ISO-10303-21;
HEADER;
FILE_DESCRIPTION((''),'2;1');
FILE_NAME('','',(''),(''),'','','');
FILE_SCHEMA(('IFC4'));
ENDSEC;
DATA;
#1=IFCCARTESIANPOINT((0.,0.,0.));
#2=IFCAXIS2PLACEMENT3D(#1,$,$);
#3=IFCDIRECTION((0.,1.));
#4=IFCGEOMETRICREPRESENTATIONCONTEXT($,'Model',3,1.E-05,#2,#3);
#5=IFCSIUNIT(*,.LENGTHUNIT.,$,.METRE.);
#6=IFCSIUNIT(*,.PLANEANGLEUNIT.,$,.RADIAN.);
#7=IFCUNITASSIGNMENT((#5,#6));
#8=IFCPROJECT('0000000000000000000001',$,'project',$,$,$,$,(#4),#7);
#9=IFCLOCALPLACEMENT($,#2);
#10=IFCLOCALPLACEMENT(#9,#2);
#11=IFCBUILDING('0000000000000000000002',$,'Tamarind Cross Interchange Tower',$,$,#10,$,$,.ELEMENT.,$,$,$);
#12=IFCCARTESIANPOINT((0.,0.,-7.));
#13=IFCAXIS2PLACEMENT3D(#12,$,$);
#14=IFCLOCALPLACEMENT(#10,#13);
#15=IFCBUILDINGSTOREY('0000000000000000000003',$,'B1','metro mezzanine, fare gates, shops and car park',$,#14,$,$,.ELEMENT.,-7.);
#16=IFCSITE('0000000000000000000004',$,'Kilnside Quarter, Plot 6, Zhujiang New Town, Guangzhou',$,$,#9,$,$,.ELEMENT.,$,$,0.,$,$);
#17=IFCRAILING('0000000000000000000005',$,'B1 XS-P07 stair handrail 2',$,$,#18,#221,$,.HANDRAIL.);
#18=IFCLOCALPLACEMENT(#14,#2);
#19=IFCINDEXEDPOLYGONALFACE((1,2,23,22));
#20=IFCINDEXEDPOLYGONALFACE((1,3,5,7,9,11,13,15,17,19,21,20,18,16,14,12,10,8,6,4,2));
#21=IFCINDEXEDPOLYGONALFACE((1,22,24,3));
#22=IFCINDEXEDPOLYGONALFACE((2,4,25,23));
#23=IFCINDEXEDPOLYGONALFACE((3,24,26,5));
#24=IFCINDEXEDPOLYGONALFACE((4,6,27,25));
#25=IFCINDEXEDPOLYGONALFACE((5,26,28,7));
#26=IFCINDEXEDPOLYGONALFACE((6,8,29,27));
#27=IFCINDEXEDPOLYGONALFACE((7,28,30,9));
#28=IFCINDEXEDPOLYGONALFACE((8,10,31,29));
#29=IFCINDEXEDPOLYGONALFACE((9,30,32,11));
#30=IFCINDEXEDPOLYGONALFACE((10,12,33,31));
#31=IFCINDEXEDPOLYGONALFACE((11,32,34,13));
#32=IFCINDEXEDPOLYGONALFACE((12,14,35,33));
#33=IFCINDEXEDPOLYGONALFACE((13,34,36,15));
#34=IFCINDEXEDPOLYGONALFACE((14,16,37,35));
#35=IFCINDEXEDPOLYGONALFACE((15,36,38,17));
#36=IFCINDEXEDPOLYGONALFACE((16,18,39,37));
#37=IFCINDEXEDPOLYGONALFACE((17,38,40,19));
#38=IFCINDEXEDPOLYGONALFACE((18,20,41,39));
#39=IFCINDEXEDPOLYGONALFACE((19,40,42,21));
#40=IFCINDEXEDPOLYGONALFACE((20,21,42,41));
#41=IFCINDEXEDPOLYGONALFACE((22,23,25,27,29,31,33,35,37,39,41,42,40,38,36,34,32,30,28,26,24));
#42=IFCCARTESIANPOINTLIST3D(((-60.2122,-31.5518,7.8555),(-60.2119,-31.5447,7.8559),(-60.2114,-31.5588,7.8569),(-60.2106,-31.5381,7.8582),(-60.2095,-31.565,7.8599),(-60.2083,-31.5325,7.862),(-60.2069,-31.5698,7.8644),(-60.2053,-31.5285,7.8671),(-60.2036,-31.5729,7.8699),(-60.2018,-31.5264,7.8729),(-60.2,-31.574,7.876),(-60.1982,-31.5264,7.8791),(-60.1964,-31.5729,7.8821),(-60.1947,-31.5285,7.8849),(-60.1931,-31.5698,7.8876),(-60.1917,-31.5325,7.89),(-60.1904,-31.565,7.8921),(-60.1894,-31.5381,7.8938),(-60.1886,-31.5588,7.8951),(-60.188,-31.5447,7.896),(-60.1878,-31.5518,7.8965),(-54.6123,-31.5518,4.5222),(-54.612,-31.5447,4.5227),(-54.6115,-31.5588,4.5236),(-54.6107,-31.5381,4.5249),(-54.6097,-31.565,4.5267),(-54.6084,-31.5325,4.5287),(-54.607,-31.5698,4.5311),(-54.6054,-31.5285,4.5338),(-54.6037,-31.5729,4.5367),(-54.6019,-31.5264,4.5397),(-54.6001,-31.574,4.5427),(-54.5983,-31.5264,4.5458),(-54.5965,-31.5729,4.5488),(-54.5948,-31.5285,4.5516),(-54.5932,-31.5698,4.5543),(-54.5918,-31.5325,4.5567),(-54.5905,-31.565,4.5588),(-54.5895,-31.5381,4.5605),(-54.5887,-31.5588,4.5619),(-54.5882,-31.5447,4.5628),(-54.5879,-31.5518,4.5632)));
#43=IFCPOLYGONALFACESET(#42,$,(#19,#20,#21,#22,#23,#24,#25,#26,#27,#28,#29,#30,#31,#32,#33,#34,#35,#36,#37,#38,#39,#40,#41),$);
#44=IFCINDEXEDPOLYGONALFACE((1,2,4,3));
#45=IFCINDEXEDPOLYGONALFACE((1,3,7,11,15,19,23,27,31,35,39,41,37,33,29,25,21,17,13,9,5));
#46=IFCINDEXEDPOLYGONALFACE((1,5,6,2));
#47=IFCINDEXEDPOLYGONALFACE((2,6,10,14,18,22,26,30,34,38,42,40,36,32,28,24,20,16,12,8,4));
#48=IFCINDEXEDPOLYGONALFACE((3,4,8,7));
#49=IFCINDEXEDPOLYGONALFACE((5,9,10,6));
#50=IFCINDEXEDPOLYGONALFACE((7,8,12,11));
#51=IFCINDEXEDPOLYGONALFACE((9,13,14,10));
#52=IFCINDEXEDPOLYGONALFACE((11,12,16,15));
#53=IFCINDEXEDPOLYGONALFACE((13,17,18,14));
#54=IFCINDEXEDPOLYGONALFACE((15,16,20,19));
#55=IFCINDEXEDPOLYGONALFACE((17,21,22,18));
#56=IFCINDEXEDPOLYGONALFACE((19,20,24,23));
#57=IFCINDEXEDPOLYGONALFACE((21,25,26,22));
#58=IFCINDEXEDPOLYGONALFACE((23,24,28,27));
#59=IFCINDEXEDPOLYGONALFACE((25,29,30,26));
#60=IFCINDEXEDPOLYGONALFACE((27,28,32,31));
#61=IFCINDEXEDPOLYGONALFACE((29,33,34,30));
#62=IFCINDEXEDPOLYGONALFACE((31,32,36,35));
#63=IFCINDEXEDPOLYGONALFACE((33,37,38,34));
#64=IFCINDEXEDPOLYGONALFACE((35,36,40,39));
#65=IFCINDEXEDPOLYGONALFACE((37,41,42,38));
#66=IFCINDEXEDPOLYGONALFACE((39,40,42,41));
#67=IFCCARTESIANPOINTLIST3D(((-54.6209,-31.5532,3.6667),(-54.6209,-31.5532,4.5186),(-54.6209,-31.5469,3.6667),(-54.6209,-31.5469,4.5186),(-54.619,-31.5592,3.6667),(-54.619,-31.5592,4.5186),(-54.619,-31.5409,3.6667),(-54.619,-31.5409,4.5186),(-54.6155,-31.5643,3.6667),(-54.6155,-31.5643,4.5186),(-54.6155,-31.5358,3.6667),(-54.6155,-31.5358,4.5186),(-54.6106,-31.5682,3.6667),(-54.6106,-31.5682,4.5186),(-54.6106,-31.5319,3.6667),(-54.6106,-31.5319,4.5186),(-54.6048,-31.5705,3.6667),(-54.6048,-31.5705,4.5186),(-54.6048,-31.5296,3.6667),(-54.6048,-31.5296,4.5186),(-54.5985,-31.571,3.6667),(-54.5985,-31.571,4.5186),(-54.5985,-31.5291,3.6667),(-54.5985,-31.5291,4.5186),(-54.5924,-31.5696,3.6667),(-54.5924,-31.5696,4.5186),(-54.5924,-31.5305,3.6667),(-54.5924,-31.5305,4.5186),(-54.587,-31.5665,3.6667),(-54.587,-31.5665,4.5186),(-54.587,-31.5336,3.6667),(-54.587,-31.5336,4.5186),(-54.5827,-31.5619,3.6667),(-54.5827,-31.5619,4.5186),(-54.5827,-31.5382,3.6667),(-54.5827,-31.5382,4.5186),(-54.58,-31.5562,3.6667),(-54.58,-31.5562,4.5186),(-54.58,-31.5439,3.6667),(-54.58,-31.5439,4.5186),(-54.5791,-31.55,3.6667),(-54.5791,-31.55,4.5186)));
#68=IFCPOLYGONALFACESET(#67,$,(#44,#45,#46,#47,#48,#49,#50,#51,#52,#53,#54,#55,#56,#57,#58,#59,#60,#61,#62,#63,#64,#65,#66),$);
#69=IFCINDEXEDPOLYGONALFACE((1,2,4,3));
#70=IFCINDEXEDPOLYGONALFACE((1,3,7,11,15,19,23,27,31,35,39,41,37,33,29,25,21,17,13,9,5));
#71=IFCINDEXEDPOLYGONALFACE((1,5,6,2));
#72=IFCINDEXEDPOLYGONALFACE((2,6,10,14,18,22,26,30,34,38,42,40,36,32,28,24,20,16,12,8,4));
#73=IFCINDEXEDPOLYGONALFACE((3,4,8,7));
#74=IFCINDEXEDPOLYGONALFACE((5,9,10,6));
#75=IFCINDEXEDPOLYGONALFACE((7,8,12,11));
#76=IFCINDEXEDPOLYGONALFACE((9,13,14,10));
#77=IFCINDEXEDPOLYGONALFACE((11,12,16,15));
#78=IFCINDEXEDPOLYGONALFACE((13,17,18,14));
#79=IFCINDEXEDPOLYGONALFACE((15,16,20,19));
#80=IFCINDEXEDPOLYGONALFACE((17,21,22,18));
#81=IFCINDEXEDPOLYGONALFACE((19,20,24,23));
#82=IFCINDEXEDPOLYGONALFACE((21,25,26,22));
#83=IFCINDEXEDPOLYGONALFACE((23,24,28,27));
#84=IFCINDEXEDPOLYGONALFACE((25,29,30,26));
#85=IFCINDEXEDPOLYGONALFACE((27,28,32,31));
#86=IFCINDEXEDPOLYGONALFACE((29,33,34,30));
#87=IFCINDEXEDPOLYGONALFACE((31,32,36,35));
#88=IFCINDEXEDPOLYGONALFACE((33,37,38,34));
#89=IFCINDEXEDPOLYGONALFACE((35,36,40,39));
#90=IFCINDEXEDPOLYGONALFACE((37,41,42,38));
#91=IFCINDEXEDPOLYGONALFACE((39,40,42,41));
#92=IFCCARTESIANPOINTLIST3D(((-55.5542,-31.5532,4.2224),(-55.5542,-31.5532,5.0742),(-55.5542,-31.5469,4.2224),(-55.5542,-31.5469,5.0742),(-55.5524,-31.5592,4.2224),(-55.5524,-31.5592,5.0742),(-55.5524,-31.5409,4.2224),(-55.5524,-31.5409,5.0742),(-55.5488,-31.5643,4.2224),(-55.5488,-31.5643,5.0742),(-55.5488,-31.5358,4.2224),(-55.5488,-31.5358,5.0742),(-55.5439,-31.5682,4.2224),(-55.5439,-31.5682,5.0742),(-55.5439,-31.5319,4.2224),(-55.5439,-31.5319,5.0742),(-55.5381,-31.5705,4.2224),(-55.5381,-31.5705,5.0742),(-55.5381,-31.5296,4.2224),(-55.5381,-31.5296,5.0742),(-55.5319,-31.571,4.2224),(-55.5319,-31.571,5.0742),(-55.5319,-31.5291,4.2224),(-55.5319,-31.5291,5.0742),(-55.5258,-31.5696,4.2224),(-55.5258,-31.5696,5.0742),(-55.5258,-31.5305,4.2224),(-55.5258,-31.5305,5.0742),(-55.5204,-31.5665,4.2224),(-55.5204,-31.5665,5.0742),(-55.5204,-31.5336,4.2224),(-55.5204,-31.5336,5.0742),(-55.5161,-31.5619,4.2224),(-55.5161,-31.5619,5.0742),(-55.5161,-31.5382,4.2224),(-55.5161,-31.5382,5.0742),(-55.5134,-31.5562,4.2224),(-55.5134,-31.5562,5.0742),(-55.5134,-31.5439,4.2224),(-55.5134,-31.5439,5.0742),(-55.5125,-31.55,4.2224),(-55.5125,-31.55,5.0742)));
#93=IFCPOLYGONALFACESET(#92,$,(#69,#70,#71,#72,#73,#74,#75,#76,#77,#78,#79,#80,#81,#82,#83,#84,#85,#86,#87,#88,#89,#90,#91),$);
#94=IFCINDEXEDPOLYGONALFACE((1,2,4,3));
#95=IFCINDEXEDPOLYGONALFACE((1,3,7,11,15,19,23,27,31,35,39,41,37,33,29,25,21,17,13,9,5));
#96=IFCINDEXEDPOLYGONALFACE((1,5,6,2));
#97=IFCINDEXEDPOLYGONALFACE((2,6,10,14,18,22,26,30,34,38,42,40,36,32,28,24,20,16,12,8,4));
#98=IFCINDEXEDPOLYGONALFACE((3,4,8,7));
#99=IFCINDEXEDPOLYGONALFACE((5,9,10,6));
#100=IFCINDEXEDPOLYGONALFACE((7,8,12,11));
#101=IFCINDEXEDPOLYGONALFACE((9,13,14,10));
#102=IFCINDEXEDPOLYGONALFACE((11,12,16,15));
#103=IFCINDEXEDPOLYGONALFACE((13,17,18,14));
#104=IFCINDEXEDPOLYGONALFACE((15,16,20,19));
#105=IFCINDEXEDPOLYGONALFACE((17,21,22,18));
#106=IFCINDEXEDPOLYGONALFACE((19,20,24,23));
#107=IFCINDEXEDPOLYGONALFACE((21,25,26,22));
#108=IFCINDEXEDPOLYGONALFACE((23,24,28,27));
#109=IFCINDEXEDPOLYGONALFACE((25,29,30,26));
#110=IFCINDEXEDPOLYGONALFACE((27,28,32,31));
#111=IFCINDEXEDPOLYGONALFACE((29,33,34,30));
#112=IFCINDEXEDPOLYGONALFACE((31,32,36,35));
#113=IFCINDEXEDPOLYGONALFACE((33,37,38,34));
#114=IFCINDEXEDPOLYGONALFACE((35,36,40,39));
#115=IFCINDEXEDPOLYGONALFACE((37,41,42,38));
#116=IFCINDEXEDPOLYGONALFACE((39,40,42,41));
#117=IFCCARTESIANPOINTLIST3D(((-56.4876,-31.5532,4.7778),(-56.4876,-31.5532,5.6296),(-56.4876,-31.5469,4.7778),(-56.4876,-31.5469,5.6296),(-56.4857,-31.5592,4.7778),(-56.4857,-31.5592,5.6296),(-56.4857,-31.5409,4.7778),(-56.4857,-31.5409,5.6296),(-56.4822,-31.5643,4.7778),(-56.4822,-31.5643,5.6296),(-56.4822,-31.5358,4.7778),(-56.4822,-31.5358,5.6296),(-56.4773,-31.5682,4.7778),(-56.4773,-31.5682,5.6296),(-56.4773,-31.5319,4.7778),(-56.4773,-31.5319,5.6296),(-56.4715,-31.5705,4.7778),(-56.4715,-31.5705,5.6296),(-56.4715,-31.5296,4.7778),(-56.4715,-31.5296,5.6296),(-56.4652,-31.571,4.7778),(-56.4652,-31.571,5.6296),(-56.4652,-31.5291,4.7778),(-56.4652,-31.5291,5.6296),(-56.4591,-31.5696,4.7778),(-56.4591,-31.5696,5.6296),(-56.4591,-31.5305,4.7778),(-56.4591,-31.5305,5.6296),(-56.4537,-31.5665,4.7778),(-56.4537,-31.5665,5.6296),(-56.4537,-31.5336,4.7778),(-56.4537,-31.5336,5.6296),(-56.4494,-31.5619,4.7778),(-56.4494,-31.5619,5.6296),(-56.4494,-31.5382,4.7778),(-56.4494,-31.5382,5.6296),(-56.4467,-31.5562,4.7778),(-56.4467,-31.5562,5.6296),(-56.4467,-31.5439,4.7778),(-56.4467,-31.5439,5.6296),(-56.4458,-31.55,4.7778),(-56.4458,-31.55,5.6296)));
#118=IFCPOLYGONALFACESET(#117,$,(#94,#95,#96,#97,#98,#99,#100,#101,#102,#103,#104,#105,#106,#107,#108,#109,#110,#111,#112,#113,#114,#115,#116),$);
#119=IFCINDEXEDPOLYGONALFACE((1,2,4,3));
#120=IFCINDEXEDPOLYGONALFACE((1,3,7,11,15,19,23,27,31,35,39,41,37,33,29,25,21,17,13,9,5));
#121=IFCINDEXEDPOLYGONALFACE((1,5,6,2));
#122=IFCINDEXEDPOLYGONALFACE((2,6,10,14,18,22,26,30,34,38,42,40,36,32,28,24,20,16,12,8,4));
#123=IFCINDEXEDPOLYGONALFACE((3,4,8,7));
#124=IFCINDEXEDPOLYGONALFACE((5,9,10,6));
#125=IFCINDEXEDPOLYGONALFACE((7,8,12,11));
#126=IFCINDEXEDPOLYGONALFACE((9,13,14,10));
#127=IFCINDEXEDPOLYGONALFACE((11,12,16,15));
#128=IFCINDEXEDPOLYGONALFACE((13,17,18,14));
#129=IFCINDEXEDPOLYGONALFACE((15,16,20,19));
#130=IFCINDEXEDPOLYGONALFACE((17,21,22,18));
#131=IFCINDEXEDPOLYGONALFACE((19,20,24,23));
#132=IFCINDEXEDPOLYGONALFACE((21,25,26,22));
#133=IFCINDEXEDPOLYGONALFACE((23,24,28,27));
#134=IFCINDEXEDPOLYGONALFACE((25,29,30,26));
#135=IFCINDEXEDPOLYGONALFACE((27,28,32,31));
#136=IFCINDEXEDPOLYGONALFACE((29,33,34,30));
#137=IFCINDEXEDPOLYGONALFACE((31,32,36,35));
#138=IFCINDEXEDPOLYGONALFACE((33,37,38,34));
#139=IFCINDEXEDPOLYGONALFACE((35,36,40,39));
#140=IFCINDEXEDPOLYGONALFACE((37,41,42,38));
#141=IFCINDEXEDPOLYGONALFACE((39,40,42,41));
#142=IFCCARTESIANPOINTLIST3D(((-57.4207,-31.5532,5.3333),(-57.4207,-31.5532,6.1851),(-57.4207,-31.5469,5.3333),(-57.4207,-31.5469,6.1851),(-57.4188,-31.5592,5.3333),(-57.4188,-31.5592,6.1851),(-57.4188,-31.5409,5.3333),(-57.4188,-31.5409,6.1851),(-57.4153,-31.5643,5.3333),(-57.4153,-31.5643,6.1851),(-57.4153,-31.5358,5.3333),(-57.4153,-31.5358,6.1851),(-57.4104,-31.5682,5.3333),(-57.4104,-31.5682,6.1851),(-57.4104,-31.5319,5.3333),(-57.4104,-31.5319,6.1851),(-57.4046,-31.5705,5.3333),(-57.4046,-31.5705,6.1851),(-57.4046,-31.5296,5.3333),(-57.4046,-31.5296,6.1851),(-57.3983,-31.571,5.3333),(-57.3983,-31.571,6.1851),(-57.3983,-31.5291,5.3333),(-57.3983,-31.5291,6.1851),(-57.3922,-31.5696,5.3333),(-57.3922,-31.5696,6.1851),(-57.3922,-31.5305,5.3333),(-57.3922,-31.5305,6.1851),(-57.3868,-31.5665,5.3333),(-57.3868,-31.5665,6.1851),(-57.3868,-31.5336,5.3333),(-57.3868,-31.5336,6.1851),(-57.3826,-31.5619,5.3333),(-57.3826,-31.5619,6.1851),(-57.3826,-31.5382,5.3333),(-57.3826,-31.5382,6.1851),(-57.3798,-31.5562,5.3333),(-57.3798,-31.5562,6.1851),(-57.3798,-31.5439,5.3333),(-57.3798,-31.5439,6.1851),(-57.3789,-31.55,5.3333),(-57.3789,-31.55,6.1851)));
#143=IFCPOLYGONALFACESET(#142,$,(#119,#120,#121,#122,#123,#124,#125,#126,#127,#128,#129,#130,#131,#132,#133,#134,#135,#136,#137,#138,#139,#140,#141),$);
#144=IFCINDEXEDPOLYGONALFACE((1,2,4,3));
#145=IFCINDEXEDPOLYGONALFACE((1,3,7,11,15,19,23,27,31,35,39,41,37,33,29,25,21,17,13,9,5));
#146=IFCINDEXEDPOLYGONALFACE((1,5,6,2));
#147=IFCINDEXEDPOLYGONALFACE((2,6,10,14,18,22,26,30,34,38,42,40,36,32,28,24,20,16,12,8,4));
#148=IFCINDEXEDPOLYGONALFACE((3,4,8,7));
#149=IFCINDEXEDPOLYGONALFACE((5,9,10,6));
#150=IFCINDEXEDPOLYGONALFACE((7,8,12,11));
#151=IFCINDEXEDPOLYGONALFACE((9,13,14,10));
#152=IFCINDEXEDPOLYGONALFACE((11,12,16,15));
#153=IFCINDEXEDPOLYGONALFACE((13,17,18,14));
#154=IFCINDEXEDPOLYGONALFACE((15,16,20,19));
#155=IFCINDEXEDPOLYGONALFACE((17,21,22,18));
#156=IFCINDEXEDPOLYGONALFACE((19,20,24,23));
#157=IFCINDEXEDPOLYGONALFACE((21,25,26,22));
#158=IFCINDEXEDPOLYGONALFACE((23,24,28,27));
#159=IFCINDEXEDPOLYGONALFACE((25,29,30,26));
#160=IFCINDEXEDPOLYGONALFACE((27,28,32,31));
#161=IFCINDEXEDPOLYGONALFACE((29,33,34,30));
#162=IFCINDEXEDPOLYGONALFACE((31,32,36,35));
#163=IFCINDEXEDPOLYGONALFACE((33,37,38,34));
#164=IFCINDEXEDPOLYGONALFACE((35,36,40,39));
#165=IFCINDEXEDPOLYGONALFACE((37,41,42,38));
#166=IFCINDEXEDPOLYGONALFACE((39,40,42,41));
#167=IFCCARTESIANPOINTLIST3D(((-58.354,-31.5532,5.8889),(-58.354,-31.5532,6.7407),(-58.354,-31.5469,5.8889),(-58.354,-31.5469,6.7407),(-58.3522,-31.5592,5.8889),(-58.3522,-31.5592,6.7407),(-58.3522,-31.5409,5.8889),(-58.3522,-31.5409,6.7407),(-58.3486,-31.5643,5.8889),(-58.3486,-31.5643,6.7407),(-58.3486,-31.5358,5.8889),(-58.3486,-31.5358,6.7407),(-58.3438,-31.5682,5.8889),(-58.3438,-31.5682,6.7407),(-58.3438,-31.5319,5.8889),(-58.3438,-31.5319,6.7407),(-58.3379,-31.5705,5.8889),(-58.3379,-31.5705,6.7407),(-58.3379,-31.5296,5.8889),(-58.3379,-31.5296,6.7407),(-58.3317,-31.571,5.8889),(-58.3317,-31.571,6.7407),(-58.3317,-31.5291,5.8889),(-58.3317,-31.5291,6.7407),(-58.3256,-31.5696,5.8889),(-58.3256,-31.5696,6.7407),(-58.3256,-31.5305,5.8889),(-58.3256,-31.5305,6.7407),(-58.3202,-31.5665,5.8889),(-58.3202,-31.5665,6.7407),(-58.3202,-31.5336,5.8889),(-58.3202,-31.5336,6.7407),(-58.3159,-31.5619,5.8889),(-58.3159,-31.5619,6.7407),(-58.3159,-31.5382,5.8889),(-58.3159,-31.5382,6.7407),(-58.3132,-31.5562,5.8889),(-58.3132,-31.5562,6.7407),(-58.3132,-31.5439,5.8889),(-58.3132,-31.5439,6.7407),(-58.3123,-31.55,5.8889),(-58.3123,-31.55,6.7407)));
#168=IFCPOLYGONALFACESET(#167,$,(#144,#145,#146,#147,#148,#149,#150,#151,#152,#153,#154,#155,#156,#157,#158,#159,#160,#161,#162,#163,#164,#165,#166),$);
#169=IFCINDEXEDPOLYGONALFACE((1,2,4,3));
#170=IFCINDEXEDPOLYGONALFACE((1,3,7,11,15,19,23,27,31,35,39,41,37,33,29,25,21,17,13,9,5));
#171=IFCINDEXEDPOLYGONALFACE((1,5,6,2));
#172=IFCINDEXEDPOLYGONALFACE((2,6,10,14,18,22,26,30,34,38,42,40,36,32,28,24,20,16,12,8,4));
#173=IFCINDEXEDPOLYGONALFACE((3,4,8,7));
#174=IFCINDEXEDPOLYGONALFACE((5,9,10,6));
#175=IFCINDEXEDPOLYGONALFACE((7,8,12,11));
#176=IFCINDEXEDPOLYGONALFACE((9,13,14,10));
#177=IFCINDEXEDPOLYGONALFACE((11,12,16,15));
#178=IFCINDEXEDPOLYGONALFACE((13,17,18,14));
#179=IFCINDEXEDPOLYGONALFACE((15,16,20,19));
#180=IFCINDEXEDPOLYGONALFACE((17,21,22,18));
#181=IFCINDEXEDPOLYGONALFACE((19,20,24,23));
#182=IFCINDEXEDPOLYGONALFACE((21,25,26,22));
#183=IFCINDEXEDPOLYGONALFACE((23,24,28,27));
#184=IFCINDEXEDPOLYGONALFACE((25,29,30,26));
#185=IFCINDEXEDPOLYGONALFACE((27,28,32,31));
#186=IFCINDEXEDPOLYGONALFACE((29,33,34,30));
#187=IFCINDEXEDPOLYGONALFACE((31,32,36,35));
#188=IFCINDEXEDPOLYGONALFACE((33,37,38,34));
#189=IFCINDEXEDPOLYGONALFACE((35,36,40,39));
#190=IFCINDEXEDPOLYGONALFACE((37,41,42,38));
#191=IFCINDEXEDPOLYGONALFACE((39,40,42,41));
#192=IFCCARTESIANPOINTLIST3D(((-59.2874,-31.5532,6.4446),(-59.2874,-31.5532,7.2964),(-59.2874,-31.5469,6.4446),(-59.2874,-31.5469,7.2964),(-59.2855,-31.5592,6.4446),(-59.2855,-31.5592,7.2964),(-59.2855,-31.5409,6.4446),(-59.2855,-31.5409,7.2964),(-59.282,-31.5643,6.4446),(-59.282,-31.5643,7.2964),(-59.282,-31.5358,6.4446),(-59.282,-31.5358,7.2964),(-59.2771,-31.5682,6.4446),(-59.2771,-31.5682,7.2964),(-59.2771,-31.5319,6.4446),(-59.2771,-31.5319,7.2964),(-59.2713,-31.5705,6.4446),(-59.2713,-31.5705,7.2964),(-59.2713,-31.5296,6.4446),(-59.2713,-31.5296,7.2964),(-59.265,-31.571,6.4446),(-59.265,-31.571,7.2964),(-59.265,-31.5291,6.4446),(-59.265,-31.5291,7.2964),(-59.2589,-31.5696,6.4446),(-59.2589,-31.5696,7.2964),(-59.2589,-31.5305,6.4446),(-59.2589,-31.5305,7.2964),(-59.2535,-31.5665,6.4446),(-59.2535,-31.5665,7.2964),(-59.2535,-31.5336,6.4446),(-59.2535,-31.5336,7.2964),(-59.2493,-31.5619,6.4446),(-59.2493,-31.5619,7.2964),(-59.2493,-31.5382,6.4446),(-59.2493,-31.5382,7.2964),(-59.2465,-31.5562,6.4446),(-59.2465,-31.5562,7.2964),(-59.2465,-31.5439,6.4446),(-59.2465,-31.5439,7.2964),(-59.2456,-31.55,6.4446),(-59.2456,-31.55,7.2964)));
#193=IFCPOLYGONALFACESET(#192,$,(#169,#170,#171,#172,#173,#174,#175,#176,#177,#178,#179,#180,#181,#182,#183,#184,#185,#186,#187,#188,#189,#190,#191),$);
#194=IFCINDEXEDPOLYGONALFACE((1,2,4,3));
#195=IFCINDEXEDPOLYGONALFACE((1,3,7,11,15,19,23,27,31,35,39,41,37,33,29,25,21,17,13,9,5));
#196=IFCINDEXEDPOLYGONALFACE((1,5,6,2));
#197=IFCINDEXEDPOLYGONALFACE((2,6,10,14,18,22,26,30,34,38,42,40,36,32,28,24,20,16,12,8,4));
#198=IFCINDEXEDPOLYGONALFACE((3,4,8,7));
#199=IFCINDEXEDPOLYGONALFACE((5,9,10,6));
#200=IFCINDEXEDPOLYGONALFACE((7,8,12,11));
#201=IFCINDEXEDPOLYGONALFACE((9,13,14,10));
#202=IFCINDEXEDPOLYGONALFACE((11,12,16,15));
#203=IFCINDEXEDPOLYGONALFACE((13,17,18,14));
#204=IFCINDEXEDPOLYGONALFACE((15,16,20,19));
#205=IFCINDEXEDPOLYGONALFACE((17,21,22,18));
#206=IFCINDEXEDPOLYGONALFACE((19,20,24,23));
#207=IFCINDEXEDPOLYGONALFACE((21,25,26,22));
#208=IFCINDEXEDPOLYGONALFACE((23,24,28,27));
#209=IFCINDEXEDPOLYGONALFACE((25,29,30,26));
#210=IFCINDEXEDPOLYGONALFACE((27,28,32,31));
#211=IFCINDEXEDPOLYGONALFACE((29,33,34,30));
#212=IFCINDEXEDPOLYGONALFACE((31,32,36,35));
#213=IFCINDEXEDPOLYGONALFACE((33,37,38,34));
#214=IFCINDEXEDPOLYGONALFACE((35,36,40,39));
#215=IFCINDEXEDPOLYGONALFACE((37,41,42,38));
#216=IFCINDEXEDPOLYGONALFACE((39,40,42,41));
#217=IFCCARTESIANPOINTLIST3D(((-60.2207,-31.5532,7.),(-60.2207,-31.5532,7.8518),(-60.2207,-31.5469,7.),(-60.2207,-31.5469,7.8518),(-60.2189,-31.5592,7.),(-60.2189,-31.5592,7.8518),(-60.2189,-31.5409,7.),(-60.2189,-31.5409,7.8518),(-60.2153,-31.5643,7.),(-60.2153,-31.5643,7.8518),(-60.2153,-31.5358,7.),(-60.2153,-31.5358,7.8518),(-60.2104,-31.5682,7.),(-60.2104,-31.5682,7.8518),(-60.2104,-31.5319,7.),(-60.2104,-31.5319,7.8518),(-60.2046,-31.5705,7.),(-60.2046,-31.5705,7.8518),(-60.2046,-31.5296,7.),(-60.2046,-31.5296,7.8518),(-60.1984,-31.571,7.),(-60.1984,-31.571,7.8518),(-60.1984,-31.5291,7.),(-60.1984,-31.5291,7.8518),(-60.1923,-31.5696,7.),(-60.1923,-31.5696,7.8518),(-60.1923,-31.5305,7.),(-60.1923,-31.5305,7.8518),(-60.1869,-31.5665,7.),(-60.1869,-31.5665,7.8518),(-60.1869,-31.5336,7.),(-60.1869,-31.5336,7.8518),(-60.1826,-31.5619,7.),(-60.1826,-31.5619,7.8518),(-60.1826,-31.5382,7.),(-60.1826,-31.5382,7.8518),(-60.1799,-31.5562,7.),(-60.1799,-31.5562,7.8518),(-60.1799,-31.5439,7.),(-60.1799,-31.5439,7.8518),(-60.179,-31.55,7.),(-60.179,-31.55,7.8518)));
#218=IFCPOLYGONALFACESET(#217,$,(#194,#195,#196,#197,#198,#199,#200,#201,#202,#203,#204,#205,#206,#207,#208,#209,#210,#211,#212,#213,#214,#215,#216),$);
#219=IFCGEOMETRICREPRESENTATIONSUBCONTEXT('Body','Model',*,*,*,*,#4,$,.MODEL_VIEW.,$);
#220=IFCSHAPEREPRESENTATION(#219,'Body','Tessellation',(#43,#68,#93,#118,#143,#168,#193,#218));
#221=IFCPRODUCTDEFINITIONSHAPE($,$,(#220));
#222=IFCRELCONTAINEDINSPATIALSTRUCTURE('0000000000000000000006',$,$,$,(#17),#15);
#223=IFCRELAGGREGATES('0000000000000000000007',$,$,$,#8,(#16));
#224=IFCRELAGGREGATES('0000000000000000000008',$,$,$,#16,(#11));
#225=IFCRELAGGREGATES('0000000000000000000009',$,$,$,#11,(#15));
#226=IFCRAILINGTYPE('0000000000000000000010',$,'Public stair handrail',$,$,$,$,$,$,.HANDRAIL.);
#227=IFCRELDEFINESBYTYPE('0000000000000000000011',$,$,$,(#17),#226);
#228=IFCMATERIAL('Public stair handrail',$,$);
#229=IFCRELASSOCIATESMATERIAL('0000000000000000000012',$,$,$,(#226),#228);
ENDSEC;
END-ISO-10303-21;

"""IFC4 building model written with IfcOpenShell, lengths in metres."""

from ifc_helpers import new_model, si_unit, direction, frame, origin, origin_2d, place, context, subcontext, project, spatial, circle, extrude, material, type_object, element, save


model = new_model("IFC4")

# Units and contexts
model_context = context("Model", 3, precision=1e-05, world=origin(), true_north=direction((0.0, 1.0)))
body_context = subcontext(model_context, "Body", "Model", "MODEL_VIEW")
ifc_project = project(units=[si_unit("LENGTHUNIT", "METRE"), si_unit("PLANEANGLEUNIT", "RADIAN")], contexts=[model_context])

# Site, building, storey
site_placement = place(None, origin())
site = spatial("IfcSite", under=ifc_project, at=site_placement, Name="Kilnside Quarter, Plot 6, Zhujiang New Town, Guangzhou", CompositionType="ELEMENT", RefElevation=0.0)
building_placement = place(site_placement, origin())
building = spatial("IfcBuilding", under=site, at=building_placement, Name="Tamarind Cross Interchange Tower", CompositionType="ELEMENT")
storey_placement = place(building_placement, frame((0.0, 0.0, -7.0)))
storey = spatial("IfcBuildingStorey", under=building, at=storey_placement, Name="B1", Description="metro mezzanine, fare gates, shops and car park", CompositionType="ELEMENT", Elevation=-7.0)

# Railing
ifc_material_1 = material(Name="Public stair handrail")
railing_type_1 = type_object("IfcRailingType", Name="Public stair handrail", PredefinedType="HANDRAIL", material=ifc_material_1)
railing_placement = place(storey_placement, frame((-54.6001, -31.55, 3.6667)))
element("IfcRailing", 1, at=railing_placement, inside=storey, type_object=railing_type_1, Name="B1 XS-P07 stair handrail 2", PredefinedType="HANDRAIL", context=body_context, shape_type="SweptSolid", body=[
    extrude(circle(Radius=0.0239, at=origin_2d()), frame((0.0, 0.0, 0.876), z_axis=(-0.859292, 0.0, 0.511485), x_axis=(0.0, -1.0, 0.0)), (0.0, 0.0, 1.0), 6.5168),
    extrude(circle(Radius=0.021, at=origin_2d()), origin(), (0.0, 0.0, 1.0), 0.8518),
    extrude(circle(Radius=0.021, at=origin_2d()), frame((-0.9333, 0.0, 0.5557)), (0.0, 0.0, 1.0), 0.8518),
    extrude(circle(Radius=0.021, at=origin_2d()), frame((-1.8667, 0.0, 1.1111)), (0.0, 0.0, 1.0), 0.8518),
    extrude(circle(Radius=0.021, at=origin_2d()), frame((-2.7998, 0.0, 1.6665)), (0.0, 0.0, 1.0), 0.8518),
    extrude(circle(Radius=0.021, at=origin_2d()), frame((-3.7332, 0.0, 2.2222)), (0.0, 0.0, 1.0), 0.8518),
    extrude(circle(Radius=0.021, at=origin_2d()), frame((-4.6665, 0.0, 2.7778)), (0.0, 0.0, 1.0), 0.8518),
    extrude(circle(Radius=0.021, at=origin_2d()), frame((-5.5999, 0.0, 3.3333)), (0.0, 0.0, 1.0), 0.8518),
])

save(model, "model.ifc")
